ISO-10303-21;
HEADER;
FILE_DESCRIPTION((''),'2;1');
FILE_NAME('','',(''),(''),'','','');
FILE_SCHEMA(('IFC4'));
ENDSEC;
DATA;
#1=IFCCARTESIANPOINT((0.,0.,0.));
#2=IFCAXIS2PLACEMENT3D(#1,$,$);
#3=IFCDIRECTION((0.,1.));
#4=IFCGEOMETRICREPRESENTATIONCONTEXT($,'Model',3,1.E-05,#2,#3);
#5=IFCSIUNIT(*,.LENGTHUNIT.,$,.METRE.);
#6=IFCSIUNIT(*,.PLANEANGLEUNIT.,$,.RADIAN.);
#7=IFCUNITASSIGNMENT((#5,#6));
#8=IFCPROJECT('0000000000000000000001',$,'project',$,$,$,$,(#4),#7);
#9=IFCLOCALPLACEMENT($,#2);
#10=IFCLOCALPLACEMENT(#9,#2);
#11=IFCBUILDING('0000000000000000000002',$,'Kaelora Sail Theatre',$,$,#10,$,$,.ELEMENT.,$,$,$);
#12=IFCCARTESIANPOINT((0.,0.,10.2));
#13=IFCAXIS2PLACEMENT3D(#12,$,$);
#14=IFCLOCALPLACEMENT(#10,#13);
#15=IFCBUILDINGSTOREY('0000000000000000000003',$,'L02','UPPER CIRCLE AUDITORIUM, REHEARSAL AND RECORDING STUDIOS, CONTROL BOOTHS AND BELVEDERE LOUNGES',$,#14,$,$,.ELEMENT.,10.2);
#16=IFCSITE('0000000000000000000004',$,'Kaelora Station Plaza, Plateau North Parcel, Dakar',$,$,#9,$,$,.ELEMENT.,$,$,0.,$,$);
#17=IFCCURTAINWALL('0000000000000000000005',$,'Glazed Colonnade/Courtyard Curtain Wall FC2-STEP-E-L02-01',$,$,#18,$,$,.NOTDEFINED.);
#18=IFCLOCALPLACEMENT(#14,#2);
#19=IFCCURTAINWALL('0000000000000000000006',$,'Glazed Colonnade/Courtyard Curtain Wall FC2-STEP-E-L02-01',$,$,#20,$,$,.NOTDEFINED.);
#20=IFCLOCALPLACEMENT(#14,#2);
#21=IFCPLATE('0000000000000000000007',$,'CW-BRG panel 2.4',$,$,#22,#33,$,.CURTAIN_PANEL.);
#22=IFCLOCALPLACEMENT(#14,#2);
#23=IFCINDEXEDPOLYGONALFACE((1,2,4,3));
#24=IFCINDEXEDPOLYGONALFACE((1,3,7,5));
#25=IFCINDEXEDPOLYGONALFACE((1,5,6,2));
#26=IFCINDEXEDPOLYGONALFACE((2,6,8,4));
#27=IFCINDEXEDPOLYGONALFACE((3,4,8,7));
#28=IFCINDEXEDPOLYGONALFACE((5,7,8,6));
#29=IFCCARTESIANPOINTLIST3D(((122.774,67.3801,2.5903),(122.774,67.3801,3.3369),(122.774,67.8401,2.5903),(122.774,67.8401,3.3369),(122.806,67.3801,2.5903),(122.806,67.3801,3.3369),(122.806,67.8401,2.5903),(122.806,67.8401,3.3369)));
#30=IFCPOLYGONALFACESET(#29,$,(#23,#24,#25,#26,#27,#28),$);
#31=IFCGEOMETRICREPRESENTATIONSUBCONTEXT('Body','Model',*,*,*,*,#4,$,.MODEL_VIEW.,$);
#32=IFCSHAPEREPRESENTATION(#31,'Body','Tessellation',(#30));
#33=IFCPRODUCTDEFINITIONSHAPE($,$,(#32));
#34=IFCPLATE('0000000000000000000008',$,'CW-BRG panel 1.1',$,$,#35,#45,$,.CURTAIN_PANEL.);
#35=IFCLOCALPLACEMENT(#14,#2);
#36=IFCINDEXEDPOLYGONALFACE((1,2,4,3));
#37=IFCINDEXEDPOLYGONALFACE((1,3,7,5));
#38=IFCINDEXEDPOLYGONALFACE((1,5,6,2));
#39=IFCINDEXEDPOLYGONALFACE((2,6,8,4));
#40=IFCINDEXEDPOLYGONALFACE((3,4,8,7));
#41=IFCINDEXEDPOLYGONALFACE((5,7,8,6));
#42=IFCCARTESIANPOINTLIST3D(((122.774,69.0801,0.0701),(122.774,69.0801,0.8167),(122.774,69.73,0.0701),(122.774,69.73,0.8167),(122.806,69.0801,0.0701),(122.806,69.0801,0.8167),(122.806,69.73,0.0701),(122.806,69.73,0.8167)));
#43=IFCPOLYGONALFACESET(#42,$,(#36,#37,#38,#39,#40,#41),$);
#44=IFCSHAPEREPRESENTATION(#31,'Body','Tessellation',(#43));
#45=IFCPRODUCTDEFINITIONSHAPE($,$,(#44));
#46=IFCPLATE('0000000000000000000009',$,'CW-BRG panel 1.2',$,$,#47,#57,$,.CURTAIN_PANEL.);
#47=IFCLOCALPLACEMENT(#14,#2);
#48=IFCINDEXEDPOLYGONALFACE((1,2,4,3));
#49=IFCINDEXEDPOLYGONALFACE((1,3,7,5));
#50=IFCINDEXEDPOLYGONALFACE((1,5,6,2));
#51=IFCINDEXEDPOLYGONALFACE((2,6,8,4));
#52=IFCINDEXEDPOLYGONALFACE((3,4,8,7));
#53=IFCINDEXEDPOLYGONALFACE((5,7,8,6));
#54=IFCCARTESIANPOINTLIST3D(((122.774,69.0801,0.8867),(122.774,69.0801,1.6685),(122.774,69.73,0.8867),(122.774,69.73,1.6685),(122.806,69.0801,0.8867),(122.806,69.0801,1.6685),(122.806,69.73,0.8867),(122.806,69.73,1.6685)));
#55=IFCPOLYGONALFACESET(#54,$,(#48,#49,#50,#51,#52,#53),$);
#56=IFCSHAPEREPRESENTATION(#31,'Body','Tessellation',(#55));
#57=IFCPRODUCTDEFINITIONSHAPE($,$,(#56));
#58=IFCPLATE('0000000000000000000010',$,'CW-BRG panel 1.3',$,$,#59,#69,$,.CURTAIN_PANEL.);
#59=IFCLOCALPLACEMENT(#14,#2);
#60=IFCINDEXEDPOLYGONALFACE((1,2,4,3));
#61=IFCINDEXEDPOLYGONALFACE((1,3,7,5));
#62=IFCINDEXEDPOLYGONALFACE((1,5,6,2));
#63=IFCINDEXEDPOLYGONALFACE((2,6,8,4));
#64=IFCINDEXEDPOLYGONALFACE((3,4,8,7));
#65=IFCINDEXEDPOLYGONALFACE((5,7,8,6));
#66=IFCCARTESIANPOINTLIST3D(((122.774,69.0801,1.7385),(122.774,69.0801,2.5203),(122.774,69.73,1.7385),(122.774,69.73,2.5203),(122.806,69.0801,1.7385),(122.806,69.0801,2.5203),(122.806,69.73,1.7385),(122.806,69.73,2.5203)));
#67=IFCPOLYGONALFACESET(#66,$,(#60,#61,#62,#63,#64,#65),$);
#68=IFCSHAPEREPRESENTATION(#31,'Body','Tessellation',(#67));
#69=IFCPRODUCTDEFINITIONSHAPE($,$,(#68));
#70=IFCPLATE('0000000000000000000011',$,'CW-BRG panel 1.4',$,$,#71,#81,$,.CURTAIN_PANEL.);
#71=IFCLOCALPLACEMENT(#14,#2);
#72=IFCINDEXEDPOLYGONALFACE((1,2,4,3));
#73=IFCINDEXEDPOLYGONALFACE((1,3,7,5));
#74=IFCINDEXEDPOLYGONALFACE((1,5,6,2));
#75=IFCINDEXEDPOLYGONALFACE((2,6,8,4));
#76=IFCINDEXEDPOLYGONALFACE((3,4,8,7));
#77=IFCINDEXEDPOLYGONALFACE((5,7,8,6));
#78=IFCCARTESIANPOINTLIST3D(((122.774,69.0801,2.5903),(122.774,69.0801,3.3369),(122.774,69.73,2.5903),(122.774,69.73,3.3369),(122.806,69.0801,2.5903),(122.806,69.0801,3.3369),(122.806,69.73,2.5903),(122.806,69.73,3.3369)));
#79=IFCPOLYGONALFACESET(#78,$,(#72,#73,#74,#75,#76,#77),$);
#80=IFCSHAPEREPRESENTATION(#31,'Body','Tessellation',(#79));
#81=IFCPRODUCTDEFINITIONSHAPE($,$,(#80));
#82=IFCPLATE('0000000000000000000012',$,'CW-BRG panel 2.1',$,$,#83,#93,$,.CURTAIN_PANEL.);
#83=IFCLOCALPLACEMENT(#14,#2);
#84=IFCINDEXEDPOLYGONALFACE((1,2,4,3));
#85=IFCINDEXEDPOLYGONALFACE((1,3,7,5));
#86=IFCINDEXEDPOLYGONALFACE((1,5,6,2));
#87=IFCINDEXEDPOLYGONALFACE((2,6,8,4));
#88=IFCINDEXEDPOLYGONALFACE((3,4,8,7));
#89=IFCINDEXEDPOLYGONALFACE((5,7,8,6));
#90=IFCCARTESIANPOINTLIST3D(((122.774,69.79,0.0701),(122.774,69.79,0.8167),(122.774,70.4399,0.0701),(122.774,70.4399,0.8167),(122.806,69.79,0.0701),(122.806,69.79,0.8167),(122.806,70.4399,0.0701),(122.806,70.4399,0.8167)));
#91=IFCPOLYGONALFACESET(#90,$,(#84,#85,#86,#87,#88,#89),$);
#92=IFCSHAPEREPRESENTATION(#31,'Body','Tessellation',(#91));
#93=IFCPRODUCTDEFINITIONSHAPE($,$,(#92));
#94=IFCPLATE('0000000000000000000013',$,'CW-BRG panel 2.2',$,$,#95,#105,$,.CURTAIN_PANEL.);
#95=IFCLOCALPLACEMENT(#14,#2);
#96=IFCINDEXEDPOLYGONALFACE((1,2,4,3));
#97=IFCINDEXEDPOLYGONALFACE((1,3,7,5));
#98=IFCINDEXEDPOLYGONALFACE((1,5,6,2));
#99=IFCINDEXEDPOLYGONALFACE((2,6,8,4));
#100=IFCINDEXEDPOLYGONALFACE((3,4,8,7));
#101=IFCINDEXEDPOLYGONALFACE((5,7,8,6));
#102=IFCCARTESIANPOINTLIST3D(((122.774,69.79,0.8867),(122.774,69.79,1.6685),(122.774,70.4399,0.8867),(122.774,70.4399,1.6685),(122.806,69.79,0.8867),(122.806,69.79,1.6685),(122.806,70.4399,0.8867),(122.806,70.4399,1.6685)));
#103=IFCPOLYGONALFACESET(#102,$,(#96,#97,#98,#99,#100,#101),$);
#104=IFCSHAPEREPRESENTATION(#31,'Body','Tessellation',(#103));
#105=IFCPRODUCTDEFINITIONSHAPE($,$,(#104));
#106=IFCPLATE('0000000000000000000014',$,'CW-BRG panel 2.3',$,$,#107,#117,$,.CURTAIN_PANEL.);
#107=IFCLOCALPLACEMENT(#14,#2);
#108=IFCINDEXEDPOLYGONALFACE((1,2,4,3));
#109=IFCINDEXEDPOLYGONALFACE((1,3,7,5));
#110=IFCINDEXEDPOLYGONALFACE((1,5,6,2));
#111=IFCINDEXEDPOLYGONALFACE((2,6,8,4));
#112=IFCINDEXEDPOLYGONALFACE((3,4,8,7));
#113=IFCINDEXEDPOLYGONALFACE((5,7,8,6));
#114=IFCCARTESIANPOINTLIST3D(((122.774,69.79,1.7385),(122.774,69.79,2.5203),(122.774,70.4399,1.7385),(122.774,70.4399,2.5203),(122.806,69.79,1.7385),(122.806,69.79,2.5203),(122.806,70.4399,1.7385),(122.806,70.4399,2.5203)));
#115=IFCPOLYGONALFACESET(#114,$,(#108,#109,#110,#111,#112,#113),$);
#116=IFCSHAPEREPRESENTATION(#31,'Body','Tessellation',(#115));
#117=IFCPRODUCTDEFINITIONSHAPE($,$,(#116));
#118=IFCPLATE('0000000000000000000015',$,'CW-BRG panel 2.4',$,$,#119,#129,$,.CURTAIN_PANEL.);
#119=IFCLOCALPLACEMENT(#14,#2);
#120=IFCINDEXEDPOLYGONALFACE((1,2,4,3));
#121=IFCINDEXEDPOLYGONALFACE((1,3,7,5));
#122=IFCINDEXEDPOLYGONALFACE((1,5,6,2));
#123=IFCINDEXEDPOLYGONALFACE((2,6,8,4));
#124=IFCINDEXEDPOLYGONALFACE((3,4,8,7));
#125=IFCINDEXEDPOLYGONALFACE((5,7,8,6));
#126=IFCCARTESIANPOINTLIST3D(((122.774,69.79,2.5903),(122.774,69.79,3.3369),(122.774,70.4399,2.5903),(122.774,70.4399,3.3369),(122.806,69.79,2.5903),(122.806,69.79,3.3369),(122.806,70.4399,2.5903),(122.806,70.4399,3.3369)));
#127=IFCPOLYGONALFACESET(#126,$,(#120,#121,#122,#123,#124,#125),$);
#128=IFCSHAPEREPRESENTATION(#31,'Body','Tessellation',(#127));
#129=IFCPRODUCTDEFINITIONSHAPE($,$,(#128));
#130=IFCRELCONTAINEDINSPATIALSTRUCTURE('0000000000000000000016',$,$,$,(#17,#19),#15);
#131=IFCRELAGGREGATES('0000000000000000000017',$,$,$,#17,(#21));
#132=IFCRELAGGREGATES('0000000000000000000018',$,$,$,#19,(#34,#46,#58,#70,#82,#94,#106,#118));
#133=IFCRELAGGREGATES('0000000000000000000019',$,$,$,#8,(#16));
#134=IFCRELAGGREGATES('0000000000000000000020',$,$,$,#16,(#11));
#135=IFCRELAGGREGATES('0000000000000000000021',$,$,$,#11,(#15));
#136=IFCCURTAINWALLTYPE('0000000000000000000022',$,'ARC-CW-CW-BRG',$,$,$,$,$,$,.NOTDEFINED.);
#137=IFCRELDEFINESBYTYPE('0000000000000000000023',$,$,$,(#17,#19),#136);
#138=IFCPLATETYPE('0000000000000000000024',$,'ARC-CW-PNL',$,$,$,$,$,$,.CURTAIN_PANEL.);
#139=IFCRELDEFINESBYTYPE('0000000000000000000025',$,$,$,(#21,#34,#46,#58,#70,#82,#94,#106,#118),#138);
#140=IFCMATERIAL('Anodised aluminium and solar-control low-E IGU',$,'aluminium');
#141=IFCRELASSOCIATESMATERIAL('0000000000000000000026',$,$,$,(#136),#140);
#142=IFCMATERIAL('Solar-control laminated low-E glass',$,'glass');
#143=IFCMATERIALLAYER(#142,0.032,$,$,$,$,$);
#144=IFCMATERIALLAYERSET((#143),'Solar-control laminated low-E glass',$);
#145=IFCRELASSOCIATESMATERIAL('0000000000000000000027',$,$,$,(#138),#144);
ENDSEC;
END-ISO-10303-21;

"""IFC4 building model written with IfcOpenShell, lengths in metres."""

from ifc_helpers import new_model, si_unit, direction, frame, origin, origin_2d, place, context, subcontext, project, spatial, rectangle, extrude, material, layer, layer_set, type_object, element, aggregate, save


model = new_model("IFC4")

# Units and contexts
model_context = context("Model", 3, precision=1e-05, world=origin(), true_north=direction((0.0, 1.0)))
body_context = subcontext(model_context, "Body", "Model", "MODEL_VIEW")
ifc_project = project(units=[si_unit("LENGTHUNIT", "METRE"), si_unit("PLANEANGLEUNIT", "RADIAN")], contexts=[model_context])

# Site, building, storey
site_placement = place(None, origin())
site = spatial("IfcSite", under=ifc_project, at=site_placement, Name="Kaelora Station Plaza, Plateau North Parcel, Dakar", CompositionType="ELEMENT", RefElevation=0.0)
building_placement = place(site_placement, origin())
building = spatial("IfcBuilding", under=site, at=building_placement, Name="Kaelora Sail Theatre", CompositionType="ELEMENT")
storey_placement = place(building_placement, frame((0.0, 0.0, 10.2)))
storey = spatial("IfcBuildingStorey", under=building, at=storey_placement, Name="L02", Description="UPPER CIRCLE AUDITORIUM, REHEARSAL AND RECORDING STUDIOS, CONTROL BOOTHS AND BELVEDERE LOUNGES", CompositionType="ELEMENT", Elevation=10.2)

# Curtain walls
ifc_material_1 = material(Name="Anodised aluminium and solar-control low-E IGU", Category="aluminium")
curtain_wall_type = type_object("IfcCurtainWallType", Name="ARC-CW-CW-BRG", PredefinedType="NOTDEFINED", material=ifc_material_1)
curtain_wall_1_placement = place(storey_placement, origin())
curtain_wall_1 = element("IfcCurtainWall", 1, at=curtain_wall_1_placement, inside=storey, type_object=curtain_wall_type, Name="Glazed Colonnade/Courtyard Curtain Wall FC2-STEP-E-L02-01", PredefinedType="NOTDEFINED")
curtain_wall_2_placement = place(storey_placement, origin())
curtain_wall_2 = element("IfcCurtainWall", 2, at=curtain_wall_2_placement, inside=storey, type_object=curtain_wall_type, Name="Glazed Colonnade/Courtyard Curtain Wall FC2-STEP-E-L02-01", PredefinedType="NOTDEFINED")

# Plates
ifc_material_2 = material(Name="Solar-control laminated low-E glass", Category="glass")
ifc_layer = layer(ifc_material_2, 0.032)
ifc_layer_set = layer_set([ifc_layer], Name="Solar-control laminated low-E glass")
plate_type = type_object("IfcPlateType", Name="ARC-CW-PNL", PredefinedType="CURTAIN_PANEL", material=ifc_layer_set)
plate_1_placement = place(storey_placement, frame((122.79, 67.6101, 2.5903), z_axis=(0.0, 0.0, 1.0), x_axis=(0.0, 1.0, 0.0)))
plate_1 = element("IfcPlate", 3, at=plate_1_placement, type_object=plate_type, Name="CW-BRG panel 2.4", PredefinedType="CURTAIN_PANEL", context=body_context, shape_type="SweptSolid", body=[
    extrude(rectangle(XDim=0.46, YDim=0.032, at=origin_2d()), origin(), (0.0, 0.0, 1.0), 0.7466),
])
aggregate(curtain_wall_1, [plate_1])
plate_2_placement = place(storey_placement, frame((122.79, 69.405, 0.0701), z_axis=(0.0, 0.0, 1.0), x_axis=(0.0, 1.0, 0.0)))
plate_2 = element("IfcPlate", 4, at=plate_2_placement, type_object=plate_type, Name="CW-BRG panel 1.1", PredefinedType="CURTAIN_PANEL", context=body_context, shape_type="SweptSolid", body=[
    extrude(rectangle(XDim=0.6499, YDim=0.032, at=origin_2d()), origin(), (0.0, 0.0, 1.0), 0.7466),
])
plate_3_placement = place(storey_placement, frame((122.79, 69.405, 0.8867), z_axis=(0.0, 0.0, 1.0), x_axis=(0.0, 1.0, 0.0)))
plate_3 = element("IfcPlate", 5, at=plate_3_placement, type_object=plate_type, Name="CW-BRG panel 1.2", PredefinedType="CURTAIN_PANEL", context=body_context, shape_type="SweptSolid", body=[
    extrude(rectangle(XDim=0.6499, YDim=0.032, at=origin_2d()), origin(), (0.0, 0.0, 1.0), 0.7817),
])
plate_4_placement = place(storey_placement, frame((122.79, 69.405, 1.7385), z_axis=(0.0, 0.0, 1.0), x_axis=(0.0, 1.0, 0.0)))
plate_4 = element("IfcPlate", 6, at=plate_4_placement, type_object=plate_type, Name="CW-BRG panel 1.3", PredefinedType="CURTAIN_PANEL", context=body_context, shape_type="SweptSolid", body=[
    extrude(rectangle(XDim=0.6499, YDim=0.032, at=origin_2d()), origin(), (0.0, 0.0, 1.0), 0.7817),
])
plate_5_placement = place(storey_placement, frame((122.79, 69.405, 2.5903), z_axis=(0.0, 0.0, 1.0), x_axis=(0.0, 1.0, 0.0)))
plate_5 = element("IfcPlate", 7, at=plate_5_placement, type_object=plate_type, Name="CW-BRG panel 1.4", PredefinedType="CURTAIN_PANEL", context=body_context, shape_type="SweptSolid", body=[
    extrude(rectangle(XDim=0.6499, YDim=0.032, at=origin_2d()), origin(), (0.0, 0.0, 1.0), 0.7466),
])
plate_6_placement = place(storey_placement, frame((122.79, 70.115, 0.0701), z_axis=(0.0, 0.0, 1.0), x_axis=(0.0, 1.0, 0.0)))
plate_6 = element("IfcPlate", 8, at=plate_6_placement, type_object=plate_type, Name="CW-BRG panel 2.1", PredefinedType="CURTAIN_PANEL", context=body_context, shape_type="SweptSolid", body=[
    extrude(rectangle(XDim=0.6499, YDim=0.032, at=origin_2d()), origin(), (0.0, 0.0, 1.0), 0.7466),
])
plate_7_placement = place(storey_placement, frame((122.79, 70.115, 0.8867), z_axis=(0.0, 0.0, 1.0), x_axis=(0.0, 1.0, 0.0)))
plate_7 = element("IfcPlate", 9, at=plate_7_placement, type_object=plate_type, Name="CW-BRG panel 2.2", PredefinedType="CURTAIN_PANEL", context=body_context, shape_type="SweptSolid", body=[
    extrude(rectangle(XDim=0.6499, YDim=0.032, at=origin_2d()), origin(), (0.0, 0.0, 1.0), 0.7817),
])
plate_8_placement = place(storey_placement, frame((122.79, 70.115, 1.7385), z_axis=(0.0, 0.0, 1.0), x_axis=(0.0, 1.0, 0.0)))
plate_8 = element("IfcPlate", 10, at=plate_8_placement, type_object=plate_type, Name="CW-BRG panel 2.3", PredefinedType="CURTAIN_PANEL", context=body_context, shape_type="SweptSolid", body=[
    extrude(rectangle(XDim=0.6499, YDim=0.032, at=origin_2d()), origin(), (0.0, 0.0, 1.0), 0.7817),
])
plate_9_placement = place(storey_placement, frame((122.79, 70.115, 2.5903), z_axis=(0.0, 0.0, 1.0), x_axis=(0.0, 1.0, 0.0)))
plate_9 = element("IfcPlate", 11, at=plate_9_placement, type_object=plate_type, Name="CW-BRG panel 2.4", PredefinedType="CURTAIN_PANEL", context=body_context, shape_type="SweptSolid", body=[
    extrude(rectangle(XDim=0.6499, YDim=0.032, at=origin_2d()), origin(), (0.0, 0.0, 1.0), 0.7466),
])
aggregate(curtain_wall_2, [plate_2, plate_3, plate_4, plate_5, plate_6, plate_7, plate_8, plate_9])

save(model, "model.ifc")
